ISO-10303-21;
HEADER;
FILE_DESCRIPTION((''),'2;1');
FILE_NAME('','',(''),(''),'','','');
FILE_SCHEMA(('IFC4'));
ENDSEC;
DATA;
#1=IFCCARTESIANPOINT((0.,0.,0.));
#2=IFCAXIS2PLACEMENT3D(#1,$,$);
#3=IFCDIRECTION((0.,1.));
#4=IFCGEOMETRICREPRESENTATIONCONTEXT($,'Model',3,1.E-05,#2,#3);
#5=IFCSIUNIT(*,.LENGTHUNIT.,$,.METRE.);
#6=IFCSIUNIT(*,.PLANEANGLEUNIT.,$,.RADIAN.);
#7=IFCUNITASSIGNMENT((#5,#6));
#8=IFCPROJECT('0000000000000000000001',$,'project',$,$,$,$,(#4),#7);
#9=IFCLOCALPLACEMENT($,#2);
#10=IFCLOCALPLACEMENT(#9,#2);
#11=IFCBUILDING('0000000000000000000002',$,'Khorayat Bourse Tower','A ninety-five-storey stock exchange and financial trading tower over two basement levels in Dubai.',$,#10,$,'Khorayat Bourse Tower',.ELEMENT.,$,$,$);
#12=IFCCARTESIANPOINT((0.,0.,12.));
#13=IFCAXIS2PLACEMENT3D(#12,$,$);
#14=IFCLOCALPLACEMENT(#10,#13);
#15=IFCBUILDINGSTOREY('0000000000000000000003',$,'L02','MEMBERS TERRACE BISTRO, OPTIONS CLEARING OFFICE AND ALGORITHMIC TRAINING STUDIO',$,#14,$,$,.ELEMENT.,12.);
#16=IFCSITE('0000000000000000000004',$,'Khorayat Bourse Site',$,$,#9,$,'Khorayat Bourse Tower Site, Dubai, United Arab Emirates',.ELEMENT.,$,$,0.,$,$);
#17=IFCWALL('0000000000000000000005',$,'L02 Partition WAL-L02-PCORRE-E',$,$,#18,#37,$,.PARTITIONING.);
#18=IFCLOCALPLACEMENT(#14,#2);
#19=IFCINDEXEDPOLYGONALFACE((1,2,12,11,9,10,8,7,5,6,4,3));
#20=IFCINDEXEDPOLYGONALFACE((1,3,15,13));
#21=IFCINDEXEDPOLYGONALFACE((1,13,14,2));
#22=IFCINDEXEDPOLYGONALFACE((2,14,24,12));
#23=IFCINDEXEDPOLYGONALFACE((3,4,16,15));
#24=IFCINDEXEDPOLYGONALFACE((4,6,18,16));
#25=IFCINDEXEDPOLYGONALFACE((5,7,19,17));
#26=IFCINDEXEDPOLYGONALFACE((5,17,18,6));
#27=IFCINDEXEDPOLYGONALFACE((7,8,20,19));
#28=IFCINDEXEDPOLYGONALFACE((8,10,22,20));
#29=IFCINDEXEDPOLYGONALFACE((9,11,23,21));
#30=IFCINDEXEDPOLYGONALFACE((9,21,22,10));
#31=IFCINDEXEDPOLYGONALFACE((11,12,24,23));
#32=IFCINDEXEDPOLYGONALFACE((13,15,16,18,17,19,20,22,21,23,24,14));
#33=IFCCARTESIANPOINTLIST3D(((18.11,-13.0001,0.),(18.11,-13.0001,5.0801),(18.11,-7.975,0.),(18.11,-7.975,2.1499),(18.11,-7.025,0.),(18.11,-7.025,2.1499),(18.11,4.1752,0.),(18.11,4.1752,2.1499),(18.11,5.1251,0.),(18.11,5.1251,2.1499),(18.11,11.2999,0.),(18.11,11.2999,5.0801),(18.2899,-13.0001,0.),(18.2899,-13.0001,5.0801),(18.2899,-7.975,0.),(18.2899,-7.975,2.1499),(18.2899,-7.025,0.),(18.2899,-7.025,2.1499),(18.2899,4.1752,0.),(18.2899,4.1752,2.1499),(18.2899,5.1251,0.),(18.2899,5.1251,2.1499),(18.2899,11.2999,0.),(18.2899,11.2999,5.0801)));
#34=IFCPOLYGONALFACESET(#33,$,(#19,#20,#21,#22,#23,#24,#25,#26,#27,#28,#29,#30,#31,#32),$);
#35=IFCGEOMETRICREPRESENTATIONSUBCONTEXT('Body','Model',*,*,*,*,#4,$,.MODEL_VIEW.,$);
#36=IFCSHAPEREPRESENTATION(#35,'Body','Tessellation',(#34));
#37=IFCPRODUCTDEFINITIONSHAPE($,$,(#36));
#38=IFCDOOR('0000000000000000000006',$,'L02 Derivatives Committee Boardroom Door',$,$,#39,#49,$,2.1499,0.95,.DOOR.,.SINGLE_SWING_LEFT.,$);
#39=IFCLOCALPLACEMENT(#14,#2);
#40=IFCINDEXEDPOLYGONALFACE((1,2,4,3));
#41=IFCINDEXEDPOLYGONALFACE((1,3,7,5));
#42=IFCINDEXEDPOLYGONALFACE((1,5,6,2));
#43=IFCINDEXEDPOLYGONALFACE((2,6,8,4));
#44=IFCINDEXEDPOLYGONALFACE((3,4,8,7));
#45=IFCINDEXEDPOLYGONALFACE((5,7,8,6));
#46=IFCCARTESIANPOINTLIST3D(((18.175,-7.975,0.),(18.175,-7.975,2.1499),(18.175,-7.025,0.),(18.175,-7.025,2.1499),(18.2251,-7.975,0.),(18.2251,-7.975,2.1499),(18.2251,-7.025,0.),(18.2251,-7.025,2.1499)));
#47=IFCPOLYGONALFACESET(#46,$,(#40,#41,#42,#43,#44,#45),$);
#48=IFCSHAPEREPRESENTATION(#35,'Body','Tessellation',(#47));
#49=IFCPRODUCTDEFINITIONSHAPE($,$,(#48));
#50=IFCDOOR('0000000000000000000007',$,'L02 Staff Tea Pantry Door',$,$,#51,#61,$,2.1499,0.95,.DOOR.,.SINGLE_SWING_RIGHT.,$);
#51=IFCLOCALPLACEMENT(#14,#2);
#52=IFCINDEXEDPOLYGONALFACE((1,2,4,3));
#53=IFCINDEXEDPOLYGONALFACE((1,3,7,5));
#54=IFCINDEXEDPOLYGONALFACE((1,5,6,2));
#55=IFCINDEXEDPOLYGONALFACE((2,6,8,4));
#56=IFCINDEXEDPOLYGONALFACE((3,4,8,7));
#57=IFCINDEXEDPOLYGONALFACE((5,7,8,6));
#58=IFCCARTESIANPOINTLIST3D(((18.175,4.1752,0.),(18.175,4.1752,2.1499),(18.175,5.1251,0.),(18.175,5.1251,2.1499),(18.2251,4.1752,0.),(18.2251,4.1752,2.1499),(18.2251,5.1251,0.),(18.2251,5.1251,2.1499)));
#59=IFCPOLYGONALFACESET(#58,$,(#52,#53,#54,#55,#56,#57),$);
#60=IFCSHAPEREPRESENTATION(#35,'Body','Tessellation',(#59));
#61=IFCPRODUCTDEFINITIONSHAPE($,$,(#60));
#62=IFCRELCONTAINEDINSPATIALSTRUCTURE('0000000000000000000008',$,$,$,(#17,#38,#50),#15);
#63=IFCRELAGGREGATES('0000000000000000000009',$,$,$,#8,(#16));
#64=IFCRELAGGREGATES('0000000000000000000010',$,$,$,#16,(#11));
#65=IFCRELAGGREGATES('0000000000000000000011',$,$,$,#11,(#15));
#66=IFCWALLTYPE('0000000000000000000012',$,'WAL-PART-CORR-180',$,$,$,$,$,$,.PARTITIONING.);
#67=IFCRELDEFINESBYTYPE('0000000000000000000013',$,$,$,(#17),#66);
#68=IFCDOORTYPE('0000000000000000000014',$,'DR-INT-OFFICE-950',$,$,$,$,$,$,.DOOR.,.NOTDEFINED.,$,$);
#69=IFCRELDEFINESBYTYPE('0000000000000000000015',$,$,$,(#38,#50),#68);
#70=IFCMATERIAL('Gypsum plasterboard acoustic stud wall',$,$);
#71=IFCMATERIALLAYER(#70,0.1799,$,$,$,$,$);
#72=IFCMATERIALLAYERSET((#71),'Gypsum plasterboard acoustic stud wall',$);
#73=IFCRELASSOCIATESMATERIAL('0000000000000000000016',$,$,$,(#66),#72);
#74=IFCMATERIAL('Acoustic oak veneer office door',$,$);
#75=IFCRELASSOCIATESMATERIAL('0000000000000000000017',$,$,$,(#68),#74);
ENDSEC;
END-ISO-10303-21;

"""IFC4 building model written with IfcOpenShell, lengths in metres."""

from ifc_helpers import new_model, si_unit, direction, frame, frame_2d, origin, place, context, subcontext, project, spatial, rectangle, extrude, source, transform, mapped, material, layer, layer_set, type_object, element, fill, save


model = new_model("IFC4")

# Units and contexts
model_context = context("Model", 3, precision=1e-05, world=origin(), true_north=direction((0.0, 1.0)))
body_context = subcontext(model_context, "Body", "Model", "MODEL_VIEW")
ifc_project = project(units=[si_unit("LENGTHUNIT", "METRE"), si_unit("PLANEANGLEUNIT", "RADIAN")], contexts=[model_context])

# Site, building, storey
site_placement = place(None, origin())
site = spatial("IfcSite", under=ifc_project, at=site_placement, Name="Khorayat Bourse Site", LongName="Khorayat Bourse Tower Site, Dubai, United Arab Emirates", CompositionType="ELEMENT", RefElevation=0.0)
building_placement = place(site_placement, origin())
building = spatial("IfcBuilding", under=site, at=building_placement, Name="Khorayat Bourse Tower", Description="A ninety-five-storey stock exchange and financial trading tower over two basement levels in Dubai.", LongName="Khorayat Bourse Tower", CompositionType="ELEMENT")
storey_placement = place(building_placement, frame((0.0, 0.0, 12.0)))
storey = spatial("IfcBuildingStorey", under=building, at=storey_placement, Name="L02", Description="MEMBERS TERRACE BISTRO, OPTIONS CLEARING OFFICE AND ALGORITHMIC TRAINING STUDIO", CompositionType="ELEMENT", Elevation=12.0)

# Shared definitions
ifc_material_1 = material(Name="Gypsum plasterboard acoustic stud wall")
ifc_layer_1 = layer(ifc_material_1, 0.1799)
ifc_layer_set_1 = layer_set([ifc_layer_1], Name="Gypsum plasterboard acoustic stud wall")
wall_type_1 = type_object("IfcWallType", Name="WAL-PART-CORR-180", PredefinedType="PARTITIONING", material=ifc_layer_set_1)

# Wall, openings, doors
shared_shape_1 = source(origin(), body_context, "Body", "SweptSolid", [
    extrude(rectangle(XDim=24.3, YDim=0.1799, at=frame_2d((12.1499, 0.0))), origin(), (0.0, 0.0, 1.0), 5.0801),
])
wall_1_placement = place(storey_placement, frame((18.2, -13.0, 0.0), z_axis=(0.0, 0.0, 1.0), x_axis=(0.0, 1.0, 0.0)))
wall_1 = element("IfcWall", 1, at=wall_1_placement, inside=storey, type_object=wall_type_1, Name="L02 Partition WAL-L02-PCORRE-E", PredefinedType="PARTITIONING", context=body_context, shape_type="MappedRepresentation", body=[
    mapped(shared_shape_1, transform((0.0, 0.0, 0.0), scale=1.0)),
])
shared_shape_2 = source(origin(), body_context, "Body", "SweptSolid", [
    extrude(rectangle(XDim=0.95, YDim=2.1499, at=frame_2d((0.4751, 1.075))), frame((0.0, 0.0999, 0.0), z_axis=(0.0, -1.0, 0.0), x_axis=(1.0, 0.0, 0.0)), (0.0, 0.0, 1.0), 0.2),
])
opening_1_placement = place(wall_1_placement, frame((5.0249, 0.0, 0.0)))
opening_1 = element("IfcOpeningElement", 2, at=opening_1_placement, cuts=wall_1, PredefinedType="OPENING", context=body_context, shape_type="MappedRepresentation", body=[
    mapped(shared_shape_2, transform((0.0, 0.0, 0.0), scale=1.0)),
])
opening_2_placement = place(wall_1_placement, frame((17.175, 0.0, 0.0)))
opening_2 = element("IfcOpeningElement", 3, at=opening_2_placement, cuts=wall_1, PredefinedType="OPENING", context=body_context, shape_type="MappedRepresentation", body=[
    mapped(shared_shape_2, transform((0.0, 0.0, 0.0), scale=1.0)),
])
ifc_material_2 = material(Name="Acoustic oak veneer office door")
door_type_1 = type_object("IfcDoorType", Name="DR-INT-OFFICE-950", OperationType="NOTDEFINED", PredefinedType="DOOR", material=ifc_material_2)
shared_shape_3 = source(origin(), body_context, "Body", "SweptSolid", [
    extrude(rectangle(XDim=0.95, YDim=2.1499, at=frame_2d((0.4751, 1.075))), frame((0.0, 0.0249, 0.0), z_axis=(0.0, -1.0, 0.0), x_axis=(1.0, 0.0, 0.0)), (0.0, 0.0, 1.0), 0.05),
])
door_1_placement = place(opening_1_placement, origin())
door_1 = element("IfcDoor", 4, at=door_1_placement, inside=storey, type_object=door_type_1, Name="L02 Derivatives Committee Boardroom Door", OperationType="SINGLE_SWING_LEFT", OverallHeight=2.1499, OverallWidth=0.95, PredefinedType="DOOR", context=body_context, shape_type="MappedRepresentation", body=[
    mapped(shared_shape_3, transform((0.0, 0.0, 0.0), scale=1.0)),
])
fill(opening_1, door_1)
door_2_placement = place(opening_2_placement, origin())
door_2 = element("IfcDoor", 5, at=door_2_placement, inside=storey, type_object=door_type_1, Name="L02 Staff Tea Pantry Door", OperationType="SINGLE_SWING_RIGHT", OverallHeight=2.1499, OverallWidth=0.95, PredefinedType="DOOR", context=body_context, shape_type="MappedRepresentation", body=[
    mapped(shared_shape_3, transform((0.0, 0.0, 0.0), scale=1.0)),
])
fill(opening_2, door_2)

save(model, "model.ifc")
